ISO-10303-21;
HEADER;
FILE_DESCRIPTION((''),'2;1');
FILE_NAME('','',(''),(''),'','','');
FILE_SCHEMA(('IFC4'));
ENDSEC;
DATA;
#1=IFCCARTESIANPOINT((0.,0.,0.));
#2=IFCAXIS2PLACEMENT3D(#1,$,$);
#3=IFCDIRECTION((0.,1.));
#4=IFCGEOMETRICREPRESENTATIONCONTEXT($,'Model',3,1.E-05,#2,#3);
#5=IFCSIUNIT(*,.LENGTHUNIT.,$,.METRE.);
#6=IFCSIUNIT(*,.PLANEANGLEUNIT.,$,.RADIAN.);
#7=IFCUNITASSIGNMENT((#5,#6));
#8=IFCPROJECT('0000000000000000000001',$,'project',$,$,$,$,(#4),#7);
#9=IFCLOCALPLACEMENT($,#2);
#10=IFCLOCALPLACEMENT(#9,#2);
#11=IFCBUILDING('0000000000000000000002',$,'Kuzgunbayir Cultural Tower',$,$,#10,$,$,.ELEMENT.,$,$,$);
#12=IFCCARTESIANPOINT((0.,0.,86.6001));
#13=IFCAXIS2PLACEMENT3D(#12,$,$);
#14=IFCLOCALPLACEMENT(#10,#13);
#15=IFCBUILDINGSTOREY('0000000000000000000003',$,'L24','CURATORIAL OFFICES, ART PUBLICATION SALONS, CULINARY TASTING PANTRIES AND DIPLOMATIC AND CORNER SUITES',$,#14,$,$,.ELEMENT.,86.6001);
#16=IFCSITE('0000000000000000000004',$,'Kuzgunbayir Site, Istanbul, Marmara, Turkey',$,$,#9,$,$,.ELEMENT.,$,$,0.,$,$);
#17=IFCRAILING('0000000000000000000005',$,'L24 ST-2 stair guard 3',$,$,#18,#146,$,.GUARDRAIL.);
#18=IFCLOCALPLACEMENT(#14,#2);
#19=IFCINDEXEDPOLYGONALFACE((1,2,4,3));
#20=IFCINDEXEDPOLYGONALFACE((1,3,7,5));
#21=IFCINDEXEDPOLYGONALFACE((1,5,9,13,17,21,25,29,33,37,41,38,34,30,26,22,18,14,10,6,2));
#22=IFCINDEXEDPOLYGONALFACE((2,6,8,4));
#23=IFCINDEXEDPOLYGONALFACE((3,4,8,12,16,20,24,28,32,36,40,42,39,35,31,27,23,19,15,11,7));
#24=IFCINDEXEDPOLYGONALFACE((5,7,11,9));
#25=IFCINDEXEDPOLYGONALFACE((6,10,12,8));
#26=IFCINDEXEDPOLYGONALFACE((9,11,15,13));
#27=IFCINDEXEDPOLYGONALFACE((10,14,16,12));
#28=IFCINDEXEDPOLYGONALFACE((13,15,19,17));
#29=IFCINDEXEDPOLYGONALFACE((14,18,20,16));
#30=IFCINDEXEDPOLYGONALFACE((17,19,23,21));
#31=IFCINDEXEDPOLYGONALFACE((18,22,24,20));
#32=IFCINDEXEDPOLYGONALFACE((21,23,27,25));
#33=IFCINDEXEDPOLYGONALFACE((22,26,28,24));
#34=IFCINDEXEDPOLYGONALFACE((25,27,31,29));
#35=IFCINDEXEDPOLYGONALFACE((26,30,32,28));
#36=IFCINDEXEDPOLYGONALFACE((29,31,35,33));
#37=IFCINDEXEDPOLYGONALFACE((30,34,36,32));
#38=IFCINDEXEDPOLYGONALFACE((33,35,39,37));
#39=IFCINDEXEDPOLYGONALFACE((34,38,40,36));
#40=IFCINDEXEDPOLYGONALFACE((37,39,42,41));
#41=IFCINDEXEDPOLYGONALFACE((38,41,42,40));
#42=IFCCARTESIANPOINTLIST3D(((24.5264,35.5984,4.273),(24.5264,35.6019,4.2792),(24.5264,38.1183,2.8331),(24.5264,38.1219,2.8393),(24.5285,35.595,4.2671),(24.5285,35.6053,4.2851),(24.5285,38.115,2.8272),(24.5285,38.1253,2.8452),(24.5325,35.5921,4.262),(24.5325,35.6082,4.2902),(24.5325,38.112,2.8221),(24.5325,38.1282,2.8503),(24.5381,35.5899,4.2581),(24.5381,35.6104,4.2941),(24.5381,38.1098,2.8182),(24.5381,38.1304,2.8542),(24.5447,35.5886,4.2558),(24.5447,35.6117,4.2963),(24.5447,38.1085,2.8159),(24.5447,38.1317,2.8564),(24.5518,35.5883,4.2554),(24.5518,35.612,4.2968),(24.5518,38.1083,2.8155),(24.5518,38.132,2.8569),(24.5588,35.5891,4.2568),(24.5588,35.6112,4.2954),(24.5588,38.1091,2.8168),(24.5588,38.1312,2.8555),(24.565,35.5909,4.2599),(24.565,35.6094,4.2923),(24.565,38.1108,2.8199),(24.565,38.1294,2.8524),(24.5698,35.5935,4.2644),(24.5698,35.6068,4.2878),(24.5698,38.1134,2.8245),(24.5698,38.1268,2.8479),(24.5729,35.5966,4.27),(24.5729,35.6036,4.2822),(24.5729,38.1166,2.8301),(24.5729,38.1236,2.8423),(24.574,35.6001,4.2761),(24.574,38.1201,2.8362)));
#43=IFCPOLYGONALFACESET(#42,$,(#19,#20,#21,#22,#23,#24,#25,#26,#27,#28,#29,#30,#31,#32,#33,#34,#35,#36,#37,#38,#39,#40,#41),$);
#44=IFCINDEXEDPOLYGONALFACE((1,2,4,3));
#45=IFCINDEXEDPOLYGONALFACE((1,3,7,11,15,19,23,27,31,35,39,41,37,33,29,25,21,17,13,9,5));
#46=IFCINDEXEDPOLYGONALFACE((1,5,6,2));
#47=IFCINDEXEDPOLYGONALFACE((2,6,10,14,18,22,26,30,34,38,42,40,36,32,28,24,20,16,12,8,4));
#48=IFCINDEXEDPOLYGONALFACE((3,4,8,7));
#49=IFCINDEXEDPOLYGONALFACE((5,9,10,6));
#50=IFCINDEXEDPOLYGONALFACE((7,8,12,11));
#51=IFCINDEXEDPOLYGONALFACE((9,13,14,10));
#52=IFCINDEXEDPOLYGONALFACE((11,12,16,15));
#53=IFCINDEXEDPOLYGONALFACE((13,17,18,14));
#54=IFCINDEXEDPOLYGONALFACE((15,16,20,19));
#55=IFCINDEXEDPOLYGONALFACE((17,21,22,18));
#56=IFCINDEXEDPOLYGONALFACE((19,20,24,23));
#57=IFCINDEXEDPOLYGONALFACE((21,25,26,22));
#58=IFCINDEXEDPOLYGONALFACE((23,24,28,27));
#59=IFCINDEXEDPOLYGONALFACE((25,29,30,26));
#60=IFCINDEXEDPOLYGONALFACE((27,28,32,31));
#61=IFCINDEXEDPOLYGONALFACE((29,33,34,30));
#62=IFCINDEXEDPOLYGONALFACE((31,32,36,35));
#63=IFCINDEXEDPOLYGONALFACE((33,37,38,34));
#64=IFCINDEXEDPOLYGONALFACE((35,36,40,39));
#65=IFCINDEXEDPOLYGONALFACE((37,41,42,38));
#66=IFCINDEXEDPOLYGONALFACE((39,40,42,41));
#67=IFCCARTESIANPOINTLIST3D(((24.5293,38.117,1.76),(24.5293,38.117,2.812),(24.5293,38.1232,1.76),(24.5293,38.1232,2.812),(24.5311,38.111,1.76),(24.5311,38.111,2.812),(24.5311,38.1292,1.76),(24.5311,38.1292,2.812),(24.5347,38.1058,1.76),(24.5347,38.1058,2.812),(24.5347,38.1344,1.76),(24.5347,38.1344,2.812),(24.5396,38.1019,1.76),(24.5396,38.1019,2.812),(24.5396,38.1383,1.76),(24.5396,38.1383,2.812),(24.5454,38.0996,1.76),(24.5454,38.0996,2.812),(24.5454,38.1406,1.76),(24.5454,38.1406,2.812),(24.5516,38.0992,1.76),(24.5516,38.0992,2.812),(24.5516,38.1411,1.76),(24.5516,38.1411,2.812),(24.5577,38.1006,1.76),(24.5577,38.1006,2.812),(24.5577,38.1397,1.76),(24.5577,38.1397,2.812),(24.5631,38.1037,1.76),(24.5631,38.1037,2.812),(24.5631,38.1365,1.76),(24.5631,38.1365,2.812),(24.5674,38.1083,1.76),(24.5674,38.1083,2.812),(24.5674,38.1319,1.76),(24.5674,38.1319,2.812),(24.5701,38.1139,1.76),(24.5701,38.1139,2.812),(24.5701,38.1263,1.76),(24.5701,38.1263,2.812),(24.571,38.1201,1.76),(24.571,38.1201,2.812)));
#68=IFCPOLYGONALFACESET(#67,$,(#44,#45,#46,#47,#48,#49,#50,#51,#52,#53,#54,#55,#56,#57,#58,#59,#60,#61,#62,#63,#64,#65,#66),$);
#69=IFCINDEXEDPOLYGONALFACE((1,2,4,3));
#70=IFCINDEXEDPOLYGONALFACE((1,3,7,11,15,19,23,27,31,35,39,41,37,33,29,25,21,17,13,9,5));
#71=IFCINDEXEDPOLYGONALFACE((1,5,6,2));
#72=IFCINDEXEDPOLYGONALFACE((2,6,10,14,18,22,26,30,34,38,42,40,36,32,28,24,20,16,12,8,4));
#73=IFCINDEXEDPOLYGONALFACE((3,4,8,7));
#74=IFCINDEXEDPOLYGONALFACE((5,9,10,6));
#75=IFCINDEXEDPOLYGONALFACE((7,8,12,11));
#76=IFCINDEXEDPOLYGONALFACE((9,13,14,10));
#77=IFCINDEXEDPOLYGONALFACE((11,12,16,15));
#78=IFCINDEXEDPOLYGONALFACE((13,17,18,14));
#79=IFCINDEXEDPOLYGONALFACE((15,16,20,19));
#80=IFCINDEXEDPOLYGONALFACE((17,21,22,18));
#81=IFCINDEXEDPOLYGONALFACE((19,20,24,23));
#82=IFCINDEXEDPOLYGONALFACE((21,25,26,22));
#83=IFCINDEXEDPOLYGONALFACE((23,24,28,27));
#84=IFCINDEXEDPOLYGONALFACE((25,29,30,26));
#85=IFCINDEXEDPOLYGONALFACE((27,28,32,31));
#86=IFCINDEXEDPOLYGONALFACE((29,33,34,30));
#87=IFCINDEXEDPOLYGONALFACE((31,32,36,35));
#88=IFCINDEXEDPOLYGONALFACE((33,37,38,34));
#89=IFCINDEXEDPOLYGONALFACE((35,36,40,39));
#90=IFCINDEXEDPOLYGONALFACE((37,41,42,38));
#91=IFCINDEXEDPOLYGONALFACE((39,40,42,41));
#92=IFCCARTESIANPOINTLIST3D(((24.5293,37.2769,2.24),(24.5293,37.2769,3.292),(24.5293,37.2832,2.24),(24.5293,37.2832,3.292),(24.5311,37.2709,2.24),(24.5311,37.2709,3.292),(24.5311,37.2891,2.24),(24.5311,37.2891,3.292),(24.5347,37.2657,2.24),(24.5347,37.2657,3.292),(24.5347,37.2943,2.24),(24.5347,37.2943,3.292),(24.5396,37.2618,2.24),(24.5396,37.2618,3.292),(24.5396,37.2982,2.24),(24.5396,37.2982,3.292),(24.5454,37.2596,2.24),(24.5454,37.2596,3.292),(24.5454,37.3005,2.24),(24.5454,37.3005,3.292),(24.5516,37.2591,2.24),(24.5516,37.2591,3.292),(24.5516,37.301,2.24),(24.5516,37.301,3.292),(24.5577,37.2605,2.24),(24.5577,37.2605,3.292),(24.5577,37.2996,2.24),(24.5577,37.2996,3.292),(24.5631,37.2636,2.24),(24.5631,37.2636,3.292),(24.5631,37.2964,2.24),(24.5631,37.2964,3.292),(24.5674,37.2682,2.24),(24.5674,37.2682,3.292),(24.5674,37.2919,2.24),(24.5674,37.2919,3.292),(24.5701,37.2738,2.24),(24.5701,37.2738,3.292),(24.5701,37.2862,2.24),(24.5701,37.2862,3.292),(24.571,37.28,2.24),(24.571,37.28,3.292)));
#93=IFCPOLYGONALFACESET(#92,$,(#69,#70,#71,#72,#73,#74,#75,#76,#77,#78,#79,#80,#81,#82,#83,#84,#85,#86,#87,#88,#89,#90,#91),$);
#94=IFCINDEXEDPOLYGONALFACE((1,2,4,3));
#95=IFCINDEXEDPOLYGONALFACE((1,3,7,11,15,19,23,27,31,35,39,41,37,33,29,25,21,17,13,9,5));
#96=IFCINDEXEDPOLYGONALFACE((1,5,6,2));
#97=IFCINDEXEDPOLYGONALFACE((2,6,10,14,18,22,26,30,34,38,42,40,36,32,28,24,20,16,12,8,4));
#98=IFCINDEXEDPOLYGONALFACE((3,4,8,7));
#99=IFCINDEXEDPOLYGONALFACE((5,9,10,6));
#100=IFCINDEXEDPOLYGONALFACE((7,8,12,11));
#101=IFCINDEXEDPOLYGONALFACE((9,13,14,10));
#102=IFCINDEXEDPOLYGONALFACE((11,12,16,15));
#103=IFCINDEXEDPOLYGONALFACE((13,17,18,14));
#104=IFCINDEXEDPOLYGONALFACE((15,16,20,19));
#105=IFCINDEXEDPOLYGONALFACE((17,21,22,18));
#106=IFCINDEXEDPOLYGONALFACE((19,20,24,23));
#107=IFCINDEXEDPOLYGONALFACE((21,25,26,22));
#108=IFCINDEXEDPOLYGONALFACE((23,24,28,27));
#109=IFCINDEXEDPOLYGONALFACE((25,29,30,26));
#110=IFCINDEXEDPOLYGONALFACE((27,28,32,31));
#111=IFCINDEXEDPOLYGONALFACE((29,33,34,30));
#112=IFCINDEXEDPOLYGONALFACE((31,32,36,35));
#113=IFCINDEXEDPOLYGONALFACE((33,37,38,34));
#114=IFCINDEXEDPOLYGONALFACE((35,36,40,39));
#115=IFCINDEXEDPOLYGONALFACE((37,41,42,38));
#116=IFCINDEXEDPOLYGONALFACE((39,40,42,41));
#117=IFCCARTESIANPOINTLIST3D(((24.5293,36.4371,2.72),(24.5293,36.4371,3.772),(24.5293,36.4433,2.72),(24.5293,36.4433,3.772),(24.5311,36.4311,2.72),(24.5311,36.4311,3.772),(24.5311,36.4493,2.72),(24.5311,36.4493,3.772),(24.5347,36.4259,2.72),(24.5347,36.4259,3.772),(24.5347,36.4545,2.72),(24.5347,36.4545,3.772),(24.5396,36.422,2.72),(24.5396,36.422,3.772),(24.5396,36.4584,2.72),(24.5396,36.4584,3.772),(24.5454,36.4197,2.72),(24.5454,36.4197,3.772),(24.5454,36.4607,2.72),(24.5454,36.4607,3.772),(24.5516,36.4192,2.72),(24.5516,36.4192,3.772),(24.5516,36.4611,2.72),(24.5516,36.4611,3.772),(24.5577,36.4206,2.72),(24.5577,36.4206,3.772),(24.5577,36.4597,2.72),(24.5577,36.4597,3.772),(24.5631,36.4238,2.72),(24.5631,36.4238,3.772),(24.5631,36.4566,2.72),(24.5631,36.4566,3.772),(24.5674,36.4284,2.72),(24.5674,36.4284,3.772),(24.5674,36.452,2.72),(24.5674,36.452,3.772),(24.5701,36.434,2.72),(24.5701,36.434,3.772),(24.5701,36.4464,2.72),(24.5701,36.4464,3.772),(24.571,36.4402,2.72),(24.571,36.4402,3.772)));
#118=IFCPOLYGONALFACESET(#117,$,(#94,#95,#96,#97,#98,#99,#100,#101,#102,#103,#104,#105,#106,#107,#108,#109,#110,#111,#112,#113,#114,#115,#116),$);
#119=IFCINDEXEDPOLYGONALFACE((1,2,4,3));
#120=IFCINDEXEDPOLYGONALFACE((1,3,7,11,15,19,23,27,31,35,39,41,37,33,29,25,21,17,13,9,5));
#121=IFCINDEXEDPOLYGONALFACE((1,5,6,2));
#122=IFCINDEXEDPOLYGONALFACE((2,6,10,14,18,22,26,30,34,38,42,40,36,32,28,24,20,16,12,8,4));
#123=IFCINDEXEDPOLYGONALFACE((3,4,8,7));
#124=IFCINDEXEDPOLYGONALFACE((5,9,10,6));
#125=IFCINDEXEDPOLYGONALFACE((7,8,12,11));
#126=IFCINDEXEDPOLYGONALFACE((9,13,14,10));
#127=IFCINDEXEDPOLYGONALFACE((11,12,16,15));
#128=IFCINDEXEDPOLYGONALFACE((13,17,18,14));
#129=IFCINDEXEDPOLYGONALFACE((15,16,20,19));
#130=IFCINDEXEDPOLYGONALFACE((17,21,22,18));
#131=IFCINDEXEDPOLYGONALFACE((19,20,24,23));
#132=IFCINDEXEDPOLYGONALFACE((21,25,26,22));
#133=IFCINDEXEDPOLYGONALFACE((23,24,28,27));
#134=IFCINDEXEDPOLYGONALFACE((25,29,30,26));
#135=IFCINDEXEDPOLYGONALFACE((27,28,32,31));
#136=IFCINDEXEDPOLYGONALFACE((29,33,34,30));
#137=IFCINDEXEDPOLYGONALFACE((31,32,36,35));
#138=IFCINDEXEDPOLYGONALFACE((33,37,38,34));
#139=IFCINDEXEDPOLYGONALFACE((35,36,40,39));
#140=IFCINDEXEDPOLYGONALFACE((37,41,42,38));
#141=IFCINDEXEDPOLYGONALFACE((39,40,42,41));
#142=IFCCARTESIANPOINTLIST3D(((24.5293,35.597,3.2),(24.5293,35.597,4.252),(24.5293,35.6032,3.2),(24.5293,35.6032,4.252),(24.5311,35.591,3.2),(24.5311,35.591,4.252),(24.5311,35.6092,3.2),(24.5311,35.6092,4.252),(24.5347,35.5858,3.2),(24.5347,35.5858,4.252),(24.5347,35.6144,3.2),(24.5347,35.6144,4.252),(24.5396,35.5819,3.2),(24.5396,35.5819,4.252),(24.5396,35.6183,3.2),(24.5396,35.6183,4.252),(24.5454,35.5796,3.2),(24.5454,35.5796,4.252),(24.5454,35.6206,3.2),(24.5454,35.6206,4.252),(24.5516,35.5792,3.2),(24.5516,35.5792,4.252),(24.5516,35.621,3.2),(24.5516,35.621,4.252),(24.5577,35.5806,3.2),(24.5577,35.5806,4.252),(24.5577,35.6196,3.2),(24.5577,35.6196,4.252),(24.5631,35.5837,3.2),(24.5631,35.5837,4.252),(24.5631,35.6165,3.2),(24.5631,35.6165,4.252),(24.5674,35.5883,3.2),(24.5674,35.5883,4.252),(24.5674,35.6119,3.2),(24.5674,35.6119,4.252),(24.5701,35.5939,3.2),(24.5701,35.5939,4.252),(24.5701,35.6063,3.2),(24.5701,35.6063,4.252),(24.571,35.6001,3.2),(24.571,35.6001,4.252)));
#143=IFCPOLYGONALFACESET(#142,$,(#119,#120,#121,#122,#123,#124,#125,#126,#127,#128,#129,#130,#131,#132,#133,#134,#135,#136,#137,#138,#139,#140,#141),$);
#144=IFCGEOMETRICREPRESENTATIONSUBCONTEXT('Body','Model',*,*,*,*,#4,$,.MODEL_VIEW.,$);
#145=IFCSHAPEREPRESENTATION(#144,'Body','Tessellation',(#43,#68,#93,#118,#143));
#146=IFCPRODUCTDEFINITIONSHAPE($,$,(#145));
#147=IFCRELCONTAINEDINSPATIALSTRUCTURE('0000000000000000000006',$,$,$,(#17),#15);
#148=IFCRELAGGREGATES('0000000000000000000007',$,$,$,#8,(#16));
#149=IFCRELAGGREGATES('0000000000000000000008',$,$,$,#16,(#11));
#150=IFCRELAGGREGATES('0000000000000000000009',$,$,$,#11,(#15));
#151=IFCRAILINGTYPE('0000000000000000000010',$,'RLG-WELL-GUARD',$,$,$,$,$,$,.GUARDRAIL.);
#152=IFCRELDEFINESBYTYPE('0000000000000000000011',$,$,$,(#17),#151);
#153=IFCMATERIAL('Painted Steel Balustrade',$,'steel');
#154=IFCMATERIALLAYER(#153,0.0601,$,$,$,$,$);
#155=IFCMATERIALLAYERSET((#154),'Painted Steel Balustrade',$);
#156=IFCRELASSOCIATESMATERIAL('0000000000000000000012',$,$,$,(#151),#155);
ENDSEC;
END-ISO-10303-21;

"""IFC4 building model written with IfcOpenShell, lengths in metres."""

from ifc_helpers import new_model, si_unit, direction, frame, origin, origin_2d, place, context, subcontext, project, spatial, circle, extrude, material, layer, layer_set, type_object, element, save


model = new_model("IFC4")

# Units and contexts
model_context = context("Model", 3, precision=1e-05, world=origin(), true_north=direction((0.0, 1.0)))
body_context = subcontext(model_context, "Body", "Model", "MODEL_VIEW")
ifc_project = project(units=[si_unit("LENGTHUNIT", "METRE"), si_unit("PLANEANGLEUNIT", "RADIAN")], contexts=[model_context])

# Site, building, storey
site_placement = place(None, origin())
site = spatial("IfcSite", under=ifc_project, at=site_placement, Name="Kuzgunbayir Site, Istanbul, Marmara, Turkey", CompositionType="ELEMENT", RefElevation=0.0)
building_placement = place(site_placement, origin())
building = spatial("IfcBuilding", under=site, at=building_placement, Name="Kuzgunbayir Cultural Tower", CompositionType="ELEMENT")
storey_placement = place(building_placement, frame((0.0, 0.0, 86.6001)))
storey = spatial("IfcBuildingStorey", under=building, at=storey_placement, Name="L24", Description="CURATORIAL OFFICES, ART PUBLICATION SALONS, CULINARY TASTING PANTRIES AND DIPLOMATIC AND CORNER SUITES", CompositionType="ELEMENT", Elevation=86.6001)

# Railing
ifc_material_1 = material(Name="Painted Steel Balustrade", Category="steel")
ifc_layer_1 = layer(ifc_material_1, 0.0601)
ifc_layer_set_1 = layer_set([ifc_layer_1], Name="Painted Steel Balustrade")
railing_type_1 = type_object("IfcRailingType", Name="RLG-WELL-GUARD", PredefinedType="GUARDRAIL", material=ifc_layer_set_1)
railing_1_placement = place(storey_placement, frame((24.55, 38.1201, 1.76)))
element("IfcRailing", 1, at=railing_1_placement, inside=storey, type_object=railing_type_1, Name="L24 ST-2 stair guard 3", PredefinedType="GUARDRAIL", context=body_context, shape_type="SweptSolid", body=[
    extrude(circle(Radius=0.0239, at=origin_2d()), frame((0.0, 0.0, 1.0762), z_axis=(0.0, -0.868253, 0.496121), x_axis=(1.0, 0.0, 0.0)), (0.0, 0.0, 1.0), 2.9023),
    extrude(circle(Radius=0.021, at=origin_2d()), origin(), (0.0, 0.0, 1.0), 1.052),
    extrude(circle(Radius=0.021, at=origin_2d()), frame((0.0, -0.8401, 0.48)), (0.0, 0.0, 1.0), 1.052),
    extrude(circle(Radius=0.021, at=origin_2d()), frame((0.0, -1.6799, 0.96)), (0.0, 0.0, 1.0), 1.052),
    extrude(circle(Radius=0.021, at=origin_2d()), frame((0.0, -2.52, 1.4399)), (0.0, 0.0, 1.0), 1.052),
])

save(model, "model.ifc")
